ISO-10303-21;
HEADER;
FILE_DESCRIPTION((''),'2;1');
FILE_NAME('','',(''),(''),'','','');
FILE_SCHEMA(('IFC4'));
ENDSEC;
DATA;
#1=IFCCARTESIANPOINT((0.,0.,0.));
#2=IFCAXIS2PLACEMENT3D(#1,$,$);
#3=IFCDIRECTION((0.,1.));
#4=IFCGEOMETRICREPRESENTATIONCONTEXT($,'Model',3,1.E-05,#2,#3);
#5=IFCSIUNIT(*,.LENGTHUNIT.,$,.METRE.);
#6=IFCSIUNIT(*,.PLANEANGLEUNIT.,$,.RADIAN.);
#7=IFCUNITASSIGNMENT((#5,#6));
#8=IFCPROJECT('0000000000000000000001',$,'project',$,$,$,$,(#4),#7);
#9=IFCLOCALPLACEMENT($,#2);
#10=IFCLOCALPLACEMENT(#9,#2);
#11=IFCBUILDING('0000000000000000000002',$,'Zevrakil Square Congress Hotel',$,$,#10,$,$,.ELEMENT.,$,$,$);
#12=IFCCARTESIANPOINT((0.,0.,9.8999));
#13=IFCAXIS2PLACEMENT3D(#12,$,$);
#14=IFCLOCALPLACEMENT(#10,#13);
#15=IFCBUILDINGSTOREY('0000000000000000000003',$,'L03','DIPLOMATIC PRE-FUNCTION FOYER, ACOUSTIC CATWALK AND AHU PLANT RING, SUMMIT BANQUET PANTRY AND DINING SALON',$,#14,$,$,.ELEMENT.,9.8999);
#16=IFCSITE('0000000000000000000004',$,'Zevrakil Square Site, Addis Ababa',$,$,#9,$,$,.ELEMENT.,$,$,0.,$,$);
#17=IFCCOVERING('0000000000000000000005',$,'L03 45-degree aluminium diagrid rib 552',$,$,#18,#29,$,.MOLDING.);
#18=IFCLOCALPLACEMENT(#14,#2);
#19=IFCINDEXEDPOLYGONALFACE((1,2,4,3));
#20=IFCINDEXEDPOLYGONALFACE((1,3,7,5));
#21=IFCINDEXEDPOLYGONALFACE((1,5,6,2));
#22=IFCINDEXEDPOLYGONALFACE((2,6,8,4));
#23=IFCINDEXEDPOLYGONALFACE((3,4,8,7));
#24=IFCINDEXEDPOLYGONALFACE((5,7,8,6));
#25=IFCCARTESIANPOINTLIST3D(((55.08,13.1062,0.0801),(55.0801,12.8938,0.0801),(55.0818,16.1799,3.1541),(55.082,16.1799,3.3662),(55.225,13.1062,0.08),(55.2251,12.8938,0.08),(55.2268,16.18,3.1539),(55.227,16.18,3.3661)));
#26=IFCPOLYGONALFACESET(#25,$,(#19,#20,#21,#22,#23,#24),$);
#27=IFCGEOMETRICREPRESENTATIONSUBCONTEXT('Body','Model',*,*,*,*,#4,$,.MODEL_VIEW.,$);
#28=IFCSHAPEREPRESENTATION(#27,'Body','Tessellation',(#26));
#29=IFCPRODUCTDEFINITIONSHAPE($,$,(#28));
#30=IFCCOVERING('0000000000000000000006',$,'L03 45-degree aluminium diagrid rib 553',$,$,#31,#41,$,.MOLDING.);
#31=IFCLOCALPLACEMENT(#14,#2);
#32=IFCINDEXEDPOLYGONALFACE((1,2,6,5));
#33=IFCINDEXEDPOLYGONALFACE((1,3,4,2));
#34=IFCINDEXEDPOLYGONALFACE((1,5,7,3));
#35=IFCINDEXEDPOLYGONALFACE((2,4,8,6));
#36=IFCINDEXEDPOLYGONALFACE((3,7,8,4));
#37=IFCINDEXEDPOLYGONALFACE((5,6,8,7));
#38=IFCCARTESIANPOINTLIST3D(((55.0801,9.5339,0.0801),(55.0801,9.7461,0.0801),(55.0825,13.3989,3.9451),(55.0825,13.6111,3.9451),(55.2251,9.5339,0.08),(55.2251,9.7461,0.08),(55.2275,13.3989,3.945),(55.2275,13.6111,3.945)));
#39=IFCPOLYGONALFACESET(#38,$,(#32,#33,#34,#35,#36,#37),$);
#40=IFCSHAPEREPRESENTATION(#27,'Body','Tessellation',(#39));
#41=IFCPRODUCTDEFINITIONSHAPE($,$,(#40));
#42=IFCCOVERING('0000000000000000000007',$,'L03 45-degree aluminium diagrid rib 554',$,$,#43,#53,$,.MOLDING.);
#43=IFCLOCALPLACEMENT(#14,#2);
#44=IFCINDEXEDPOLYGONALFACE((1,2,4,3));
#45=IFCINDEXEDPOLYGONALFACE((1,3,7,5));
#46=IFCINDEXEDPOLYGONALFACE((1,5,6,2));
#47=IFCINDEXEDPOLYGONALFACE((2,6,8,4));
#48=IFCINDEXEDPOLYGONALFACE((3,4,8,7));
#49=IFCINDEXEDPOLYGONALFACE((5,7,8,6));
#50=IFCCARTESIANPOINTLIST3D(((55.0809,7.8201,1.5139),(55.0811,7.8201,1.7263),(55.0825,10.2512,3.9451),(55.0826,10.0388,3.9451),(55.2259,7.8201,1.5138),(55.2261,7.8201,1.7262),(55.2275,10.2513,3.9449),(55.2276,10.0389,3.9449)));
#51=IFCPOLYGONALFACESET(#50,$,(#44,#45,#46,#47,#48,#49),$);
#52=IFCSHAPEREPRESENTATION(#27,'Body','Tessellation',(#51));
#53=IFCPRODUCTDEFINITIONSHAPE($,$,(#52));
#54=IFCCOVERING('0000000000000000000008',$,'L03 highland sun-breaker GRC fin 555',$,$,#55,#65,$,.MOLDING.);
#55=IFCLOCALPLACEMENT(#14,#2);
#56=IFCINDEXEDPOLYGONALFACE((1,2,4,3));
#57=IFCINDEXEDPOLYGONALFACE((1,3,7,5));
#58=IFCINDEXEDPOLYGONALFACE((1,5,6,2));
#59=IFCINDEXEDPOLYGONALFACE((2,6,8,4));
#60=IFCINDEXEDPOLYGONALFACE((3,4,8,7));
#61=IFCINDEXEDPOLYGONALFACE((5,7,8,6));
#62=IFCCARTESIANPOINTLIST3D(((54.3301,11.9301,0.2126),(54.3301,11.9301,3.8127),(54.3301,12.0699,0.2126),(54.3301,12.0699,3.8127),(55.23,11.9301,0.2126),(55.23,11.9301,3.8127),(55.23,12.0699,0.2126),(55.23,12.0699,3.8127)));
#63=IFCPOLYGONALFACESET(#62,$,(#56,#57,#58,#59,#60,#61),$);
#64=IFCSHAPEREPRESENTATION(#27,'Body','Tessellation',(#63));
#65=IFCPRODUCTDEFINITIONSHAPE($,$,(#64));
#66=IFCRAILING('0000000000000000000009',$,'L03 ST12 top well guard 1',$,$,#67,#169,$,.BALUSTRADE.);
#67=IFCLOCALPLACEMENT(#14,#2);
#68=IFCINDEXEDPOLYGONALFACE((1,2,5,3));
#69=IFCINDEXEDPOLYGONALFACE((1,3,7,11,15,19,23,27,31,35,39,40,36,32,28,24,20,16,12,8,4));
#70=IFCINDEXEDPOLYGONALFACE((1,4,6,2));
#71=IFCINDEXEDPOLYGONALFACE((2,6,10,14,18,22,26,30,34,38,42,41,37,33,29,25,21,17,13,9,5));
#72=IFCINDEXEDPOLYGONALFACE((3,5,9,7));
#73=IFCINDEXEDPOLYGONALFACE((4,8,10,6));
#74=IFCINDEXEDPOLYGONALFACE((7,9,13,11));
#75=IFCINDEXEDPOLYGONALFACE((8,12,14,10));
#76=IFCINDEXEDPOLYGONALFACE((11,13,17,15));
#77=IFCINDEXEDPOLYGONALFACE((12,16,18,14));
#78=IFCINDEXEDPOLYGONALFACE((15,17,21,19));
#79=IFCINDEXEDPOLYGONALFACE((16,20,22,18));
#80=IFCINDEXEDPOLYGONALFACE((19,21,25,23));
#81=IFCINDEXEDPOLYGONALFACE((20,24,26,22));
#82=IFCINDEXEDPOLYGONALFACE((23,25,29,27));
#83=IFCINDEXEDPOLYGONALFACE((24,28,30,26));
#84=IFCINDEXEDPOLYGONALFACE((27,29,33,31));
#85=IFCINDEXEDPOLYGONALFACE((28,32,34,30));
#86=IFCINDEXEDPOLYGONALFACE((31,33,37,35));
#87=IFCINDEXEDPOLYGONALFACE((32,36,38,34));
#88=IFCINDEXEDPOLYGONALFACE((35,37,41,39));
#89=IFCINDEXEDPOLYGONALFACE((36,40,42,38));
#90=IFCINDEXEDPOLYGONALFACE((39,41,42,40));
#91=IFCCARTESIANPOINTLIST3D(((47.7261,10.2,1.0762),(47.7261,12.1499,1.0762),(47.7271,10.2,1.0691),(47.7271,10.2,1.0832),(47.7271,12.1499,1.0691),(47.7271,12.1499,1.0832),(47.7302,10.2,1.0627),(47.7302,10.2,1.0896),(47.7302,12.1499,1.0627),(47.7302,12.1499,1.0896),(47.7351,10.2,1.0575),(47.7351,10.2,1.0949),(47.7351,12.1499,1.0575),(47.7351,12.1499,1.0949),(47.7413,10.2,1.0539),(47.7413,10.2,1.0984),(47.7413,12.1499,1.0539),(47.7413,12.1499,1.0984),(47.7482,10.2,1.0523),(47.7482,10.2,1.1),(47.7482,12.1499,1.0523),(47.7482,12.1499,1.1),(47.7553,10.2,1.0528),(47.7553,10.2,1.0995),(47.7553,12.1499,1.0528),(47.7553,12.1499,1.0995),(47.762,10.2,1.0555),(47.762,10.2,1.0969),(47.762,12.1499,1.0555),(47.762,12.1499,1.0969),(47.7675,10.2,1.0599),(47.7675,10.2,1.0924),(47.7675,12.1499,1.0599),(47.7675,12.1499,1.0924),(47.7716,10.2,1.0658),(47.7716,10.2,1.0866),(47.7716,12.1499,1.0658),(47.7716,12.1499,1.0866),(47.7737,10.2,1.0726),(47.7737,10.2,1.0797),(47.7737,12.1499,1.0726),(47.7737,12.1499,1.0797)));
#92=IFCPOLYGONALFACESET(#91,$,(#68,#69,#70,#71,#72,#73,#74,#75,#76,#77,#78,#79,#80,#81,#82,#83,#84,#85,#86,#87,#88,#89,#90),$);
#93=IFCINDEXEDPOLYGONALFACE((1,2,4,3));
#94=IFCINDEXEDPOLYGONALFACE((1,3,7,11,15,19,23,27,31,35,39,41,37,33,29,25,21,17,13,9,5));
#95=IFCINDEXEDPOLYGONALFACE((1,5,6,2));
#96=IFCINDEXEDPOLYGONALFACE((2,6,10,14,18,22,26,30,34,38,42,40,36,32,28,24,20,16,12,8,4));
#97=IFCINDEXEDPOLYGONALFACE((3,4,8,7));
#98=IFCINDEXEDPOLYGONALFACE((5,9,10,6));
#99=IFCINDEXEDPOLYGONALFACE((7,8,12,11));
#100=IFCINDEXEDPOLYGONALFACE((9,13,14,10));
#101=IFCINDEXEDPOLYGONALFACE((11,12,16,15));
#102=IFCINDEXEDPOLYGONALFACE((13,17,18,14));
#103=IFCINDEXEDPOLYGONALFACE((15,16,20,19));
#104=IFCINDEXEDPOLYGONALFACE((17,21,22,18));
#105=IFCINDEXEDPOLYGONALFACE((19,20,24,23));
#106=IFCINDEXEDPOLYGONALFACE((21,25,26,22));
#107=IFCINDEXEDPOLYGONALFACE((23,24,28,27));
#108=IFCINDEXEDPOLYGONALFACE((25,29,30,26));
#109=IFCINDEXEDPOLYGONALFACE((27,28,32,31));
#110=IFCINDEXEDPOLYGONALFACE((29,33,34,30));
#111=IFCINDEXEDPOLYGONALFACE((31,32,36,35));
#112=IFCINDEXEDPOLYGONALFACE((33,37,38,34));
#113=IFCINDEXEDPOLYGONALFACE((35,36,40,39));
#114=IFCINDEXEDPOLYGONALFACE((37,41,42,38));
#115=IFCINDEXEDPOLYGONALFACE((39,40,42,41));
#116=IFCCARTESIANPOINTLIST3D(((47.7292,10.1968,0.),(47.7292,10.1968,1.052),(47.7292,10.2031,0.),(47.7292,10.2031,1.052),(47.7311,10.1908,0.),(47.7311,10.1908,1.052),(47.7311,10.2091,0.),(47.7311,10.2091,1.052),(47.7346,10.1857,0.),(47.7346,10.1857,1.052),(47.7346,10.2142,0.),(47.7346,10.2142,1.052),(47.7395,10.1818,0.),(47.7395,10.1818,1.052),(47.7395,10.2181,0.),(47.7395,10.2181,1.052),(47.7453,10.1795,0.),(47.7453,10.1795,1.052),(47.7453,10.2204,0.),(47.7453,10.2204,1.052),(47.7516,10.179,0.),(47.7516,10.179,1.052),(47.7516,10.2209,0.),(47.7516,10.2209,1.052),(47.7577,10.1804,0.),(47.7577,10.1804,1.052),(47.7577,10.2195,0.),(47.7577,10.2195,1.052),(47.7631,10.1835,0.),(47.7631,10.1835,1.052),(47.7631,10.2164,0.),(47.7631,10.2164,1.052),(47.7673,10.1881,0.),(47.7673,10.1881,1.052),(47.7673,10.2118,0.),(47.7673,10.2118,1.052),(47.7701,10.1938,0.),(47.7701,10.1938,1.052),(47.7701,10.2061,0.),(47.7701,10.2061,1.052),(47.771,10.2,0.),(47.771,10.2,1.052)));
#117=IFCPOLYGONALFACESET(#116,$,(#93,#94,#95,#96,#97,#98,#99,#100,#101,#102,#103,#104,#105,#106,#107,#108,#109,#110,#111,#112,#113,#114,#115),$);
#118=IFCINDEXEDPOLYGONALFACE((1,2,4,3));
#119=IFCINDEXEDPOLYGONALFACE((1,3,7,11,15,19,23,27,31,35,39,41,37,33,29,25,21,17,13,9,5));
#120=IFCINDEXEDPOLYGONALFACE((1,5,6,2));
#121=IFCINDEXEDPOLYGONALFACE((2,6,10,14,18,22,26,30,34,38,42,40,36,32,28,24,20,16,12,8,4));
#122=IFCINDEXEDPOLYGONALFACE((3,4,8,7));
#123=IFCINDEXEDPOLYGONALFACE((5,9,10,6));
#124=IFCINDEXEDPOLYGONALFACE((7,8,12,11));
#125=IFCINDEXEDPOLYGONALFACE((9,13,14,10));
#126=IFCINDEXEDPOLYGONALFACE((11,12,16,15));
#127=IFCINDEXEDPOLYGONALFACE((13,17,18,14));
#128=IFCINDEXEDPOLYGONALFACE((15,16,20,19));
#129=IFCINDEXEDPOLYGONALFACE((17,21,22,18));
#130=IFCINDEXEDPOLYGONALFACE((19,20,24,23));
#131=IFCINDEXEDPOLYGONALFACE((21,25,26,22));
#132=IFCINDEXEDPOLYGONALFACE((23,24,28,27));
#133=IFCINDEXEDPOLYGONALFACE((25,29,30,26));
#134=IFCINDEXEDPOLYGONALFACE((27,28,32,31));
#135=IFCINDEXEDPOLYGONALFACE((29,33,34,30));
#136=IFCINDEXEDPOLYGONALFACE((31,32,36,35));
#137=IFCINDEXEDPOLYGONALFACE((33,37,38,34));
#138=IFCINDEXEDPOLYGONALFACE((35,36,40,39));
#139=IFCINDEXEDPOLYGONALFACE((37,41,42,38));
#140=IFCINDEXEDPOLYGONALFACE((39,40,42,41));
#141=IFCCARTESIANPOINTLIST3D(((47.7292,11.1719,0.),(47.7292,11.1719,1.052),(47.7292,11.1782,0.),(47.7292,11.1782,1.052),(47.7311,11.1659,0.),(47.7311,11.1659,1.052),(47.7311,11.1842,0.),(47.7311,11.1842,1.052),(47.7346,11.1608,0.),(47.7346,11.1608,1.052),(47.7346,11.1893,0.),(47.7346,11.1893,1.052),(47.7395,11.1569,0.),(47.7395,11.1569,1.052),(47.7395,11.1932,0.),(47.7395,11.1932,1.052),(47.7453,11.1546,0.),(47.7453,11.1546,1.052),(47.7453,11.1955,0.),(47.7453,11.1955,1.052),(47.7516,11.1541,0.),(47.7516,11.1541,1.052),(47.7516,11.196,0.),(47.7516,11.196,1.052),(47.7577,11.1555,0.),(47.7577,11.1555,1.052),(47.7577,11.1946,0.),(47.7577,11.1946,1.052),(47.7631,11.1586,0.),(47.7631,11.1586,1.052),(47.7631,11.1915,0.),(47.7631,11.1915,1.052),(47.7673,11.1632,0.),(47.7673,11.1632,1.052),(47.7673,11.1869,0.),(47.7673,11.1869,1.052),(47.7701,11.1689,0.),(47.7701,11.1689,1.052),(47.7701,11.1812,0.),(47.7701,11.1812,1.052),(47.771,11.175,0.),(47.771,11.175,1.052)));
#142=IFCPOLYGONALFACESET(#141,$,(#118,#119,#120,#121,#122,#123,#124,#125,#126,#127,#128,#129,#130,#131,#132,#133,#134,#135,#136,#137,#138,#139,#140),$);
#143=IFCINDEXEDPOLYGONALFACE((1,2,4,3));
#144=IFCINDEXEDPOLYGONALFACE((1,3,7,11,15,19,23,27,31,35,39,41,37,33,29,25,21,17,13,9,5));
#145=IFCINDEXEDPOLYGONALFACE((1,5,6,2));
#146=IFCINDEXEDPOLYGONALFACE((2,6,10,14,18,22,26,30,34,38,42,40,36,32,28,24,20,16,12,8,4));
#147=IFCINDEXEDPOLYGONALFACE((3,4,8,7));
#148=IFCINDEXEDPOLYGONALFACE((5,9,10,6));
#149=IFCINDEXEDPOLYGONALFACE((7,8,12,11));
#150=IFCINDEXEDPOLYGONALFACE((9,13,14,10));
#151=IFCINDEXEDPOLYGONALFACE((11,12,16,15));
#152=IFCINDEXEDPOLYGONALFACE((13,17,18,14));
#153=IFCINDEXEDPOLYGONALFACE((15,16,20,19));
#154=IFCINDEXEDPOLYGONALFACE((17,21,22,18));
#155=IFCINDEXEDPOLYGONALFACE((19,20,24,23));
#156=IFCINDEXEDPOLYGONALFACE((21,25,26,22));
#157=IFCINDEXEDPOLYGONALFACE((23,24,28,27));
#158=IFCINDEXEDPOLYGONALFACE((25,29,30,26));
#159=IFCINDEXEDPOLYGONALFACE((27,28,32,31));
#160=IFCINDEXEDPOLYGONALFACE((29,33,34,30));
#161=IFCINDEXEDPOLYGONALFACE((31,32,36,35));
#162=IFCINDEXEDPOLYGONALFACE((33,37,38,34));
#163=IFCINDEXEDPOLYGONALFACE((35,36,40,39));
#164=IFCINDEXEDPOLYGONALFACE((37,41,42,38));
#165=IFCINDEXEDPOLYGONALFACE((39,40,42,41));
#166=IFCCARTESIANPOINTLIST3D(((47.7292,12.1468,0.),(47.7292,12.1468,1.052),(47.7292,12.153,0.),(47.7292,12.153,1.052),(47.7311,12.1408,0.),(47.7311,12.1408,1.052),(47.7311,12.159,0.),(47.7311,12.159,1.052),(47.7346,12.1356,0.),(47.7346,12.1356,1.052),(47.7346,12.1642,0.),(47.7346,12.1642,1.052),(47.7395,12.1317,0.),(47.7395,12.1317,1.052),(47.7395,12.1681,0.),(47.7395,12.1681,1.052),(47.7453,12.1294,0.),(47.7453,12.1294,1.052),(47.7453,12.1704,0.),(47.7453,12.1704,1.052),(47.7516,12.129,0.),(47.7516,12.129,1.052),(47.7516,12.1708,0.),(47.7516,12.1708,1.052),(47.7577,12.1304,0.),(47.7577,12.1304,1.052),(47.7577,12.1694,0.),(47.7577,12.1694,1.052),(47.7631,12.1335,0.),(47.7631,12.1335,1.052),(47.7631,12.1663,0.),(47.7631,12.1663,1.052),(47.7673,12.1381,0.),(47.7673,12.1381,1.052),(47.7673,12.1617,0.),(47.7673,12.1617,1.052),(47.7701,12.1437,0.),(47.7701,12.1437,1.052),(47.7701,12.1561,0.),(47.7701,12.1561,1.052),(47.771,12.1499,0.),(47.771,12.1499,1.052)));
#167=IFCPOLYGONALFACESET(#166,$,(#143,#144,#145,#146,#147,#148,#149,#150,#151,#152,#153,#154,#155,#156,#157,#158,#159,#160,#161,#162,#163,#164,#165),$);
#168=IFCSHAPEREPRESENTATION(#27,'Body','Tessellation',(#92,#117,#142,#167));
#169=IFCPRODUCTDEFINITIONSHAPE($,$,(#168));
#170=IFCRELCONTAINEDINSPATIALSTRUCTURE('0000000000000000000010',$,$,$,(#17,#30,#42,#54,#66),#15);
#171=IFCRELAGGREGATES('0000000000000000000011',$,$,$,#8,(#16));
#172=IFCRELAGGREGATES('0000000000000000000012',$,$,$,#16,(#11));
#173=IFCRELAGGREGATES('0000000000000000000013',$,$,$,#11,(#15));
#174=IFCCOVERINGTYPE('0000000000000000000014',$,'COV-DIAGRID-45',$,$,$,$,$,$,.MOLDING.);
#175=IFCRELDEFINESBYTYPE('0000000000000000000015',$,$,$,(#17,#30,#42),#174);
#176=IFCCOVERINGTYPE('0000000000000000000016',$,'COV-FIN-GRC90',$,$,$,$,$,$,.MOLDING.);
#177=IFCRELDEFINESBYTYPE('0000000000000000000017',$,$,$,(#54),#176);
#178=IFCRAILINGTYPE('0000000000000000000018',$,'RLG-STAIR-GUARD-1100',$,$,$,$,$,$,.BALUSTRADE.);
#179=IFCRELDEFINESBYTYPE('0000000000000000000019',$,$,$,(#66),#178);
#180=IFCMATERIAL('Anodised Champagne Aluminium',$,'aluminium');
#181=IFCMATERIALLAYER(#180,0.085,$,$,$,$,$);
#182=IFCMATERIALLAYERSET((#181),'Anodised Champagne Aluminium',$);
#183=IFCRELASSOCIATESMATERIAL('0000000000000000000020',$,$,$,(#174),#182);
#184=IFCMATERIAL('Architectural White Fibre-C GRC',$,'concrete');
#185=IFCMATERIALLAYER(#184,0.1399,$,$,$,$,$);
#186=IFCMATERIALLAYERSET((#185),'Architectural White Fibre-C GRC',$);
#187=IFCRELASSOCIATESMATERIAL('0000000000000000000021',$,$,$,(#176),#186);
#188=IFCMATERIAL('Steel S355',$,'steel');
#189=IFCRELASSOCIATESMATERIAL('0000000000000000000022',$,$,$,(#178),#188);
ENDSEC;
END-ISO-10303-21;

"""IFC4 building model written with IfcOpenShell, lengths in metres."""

from ifc_helpers import new_model, si_unit, direction, frame, origin, origin_2d, place, context, subcontext, project, spatial, polyline, rectangle, circle, outline, extrude, material, layer, layer_set, type_object, element, save


model = new_model("IFC4")

# Units and contexts
model_context = context("Model", 3, precision=1e-05, world=origin(), true_north=direction((0.0, 1.0)))
body_context = subcontext(model_context, "Body", "Model", "MODEL_VIEW")
ifc_project = project(units=[si_unit("LENGTHUNIT", "METRE"), si_unit("PLANEANGLEUNIT", "RADIAN")], contexts=[model_context])

# Site, building, storey
site_placement = place(None, origin())
site = spatial("IfcSite", under=ifc_project, at=site_placement, Name="Zevrakil Square Site, Addis Ababa", CompositionType="ELEMENT", RefElevation=0.0)
building_placement = place(site_placement, origin())
building = spatial("IfcBuilding", under=site, at=building_placement, Name="Zevrakil Square Congress Hotel", CompositionType="ELEMENT")
storey_placement = place(building_placement, frame((0.0, 0.0, 9.8999)))
storey = spatial("IfcBuildingStorey", under=building, at=storey_placement, Name="L03", Description="DIPLOMATIC PRE-FUNCTION FOYER, ACOUSTIC CATWALK AND AHU PLANT RING, SUMMIT BANQUET PANTRY AND DINING SALON", CompositionType="ELEMENT", Elevation=9.8999)

# Coverings
ifc_material_1 = material(Name="Anodised Champagne Aluminium", Category="aluminium")
ifc_layer_1 = layer(ifc_material_1, 0.085)
ifc_layer_set_1 = layer_set([ifc_layer_1], Name="Anodised Champagne Aluminium")
covering_type_1 = type_object("IfcCoveringType", Name="COV-DIAGRID-45", PredefinedType="MOLDING", material=ifc_layer_set_1)
covering_1_placement = place(storey_placement, frame((55.0818, 16.1799, 3.1541), z_axis=(-1.0, -0.000287, 0.000863), x_axis=(0.000863, 0.0, 1.0)))
element("IfcCovering", 1, at=covering_1_placement, inside=storey, type_object=covering_type_1, Name="L03 45-degree aluminium diagrid rib 552", PredefinedType="MOLDING", context=body_context, shape_type="SweptSolid", body=[
    extrude(outline(polyline([(0.0, 0.0), (0.2122, 0.0), (-3.074, -3.2861), (-3.074, -3.0737), (0.0, 0.0)])), origin(), (0.0, 0.0, -1.0), 0.145),
])
covering_2_placement = place(storey_placement, frame((55.0825, 13.6111, 3.9451), z_axis=(-1.0, 0.0, 0.000632), x_axis=(0.0, -1.0, 0.0)))
element("IfcCovering", 2, at=covering_2_placement, inside=storey, type_object=covering_type_1, Name="L03 45-degree aluminium diagrid rib 553", PredefinedType="MOLDING", context=body_context, shape_type="SweptSolid", body=[
    extrude(outline(polyline([(0.0, 0.0), (0.2122, 0.0), (4.0771, -3.865), (3.865, -3.865), (0.0, 0.0)])), origin(), (0.0, 0.0, -1.0), 0.145),
])
covering_3_placement = place(storey_placement, frame((55.0825, 10.2512, 3.9451), z_axis=(-1.0, -0.000233, 0.000916), x_axis=(0.000233, -1.0, 0.0)))
element("IfcCovering", 3, at=covering_3_placement, inside=storey, type_object=covering_type_1, Name="L03 45-degree aluminium diagrid rib 554", PredefinedType="MOLDING", context=body_context, shape_type="SweptSolid", body=[
    extrude(outline(polyline([(0.0, 0.0), (0.2124, 0.0), (2.4312, -2.2188), (2.4312, -2.4312), (0.0, 0.0)])), origin(), (0.0, 0.0, -1.0), 0.145),
])
ifc_material_2 = material(Name="Architectural White Fibre-C GRC", Category="concrete")
ifc_layer_2 = layer(ifc_material_2, 0.1399)
ifc_layer_set_2 = layer_set([ifc_layer_2], Name="Architectural White Fibre-C GRC")
covering_type_2 = type_object("IfcCoveringType", Name="COV-FIN-GRC90", PredefinedType="MOLDING", material=ifc_layer_set_2)
covering_4_placement = place(storey_placement, frame((54.78, 12.0, 0.2126), z_axis=(0.0, 0.0, 1.0), x_axis=(-1.0, 0.0, 0.0)))
element("IfcCovering", 4, at=covering_4_placement, inside=storey, type_object=covering_type_2, Name="L03 highland sun-breaker GRC fin 555", PredefinedType="MOLDING", context=body_context, shape_type="SweptSolid", body=[
    extrude(rectangle(XDim=0.8999, YDim=0.1399, at=origin_2d()), origin(), (0.0, 0.0, 1.0), 3.6001),
])

# Railing
ifc_material_3 = material(Name="Steel S355", Category="steel")
railing_type = type_object("IfcRailingType", Name="RLG-STAIR-GUARD-1100", PredefinedType="BALUSTRADE", material=ifc_material_3)
railing_placement = place(storey_placement, frame((47.75, 10.2, 0.0)))
element("IfcRailing", 5, at=railing_placement, inside=storey, type_object=railing_type, Name="L03 ST12 top well guard 1", PredefinedType="BALUSTRADE", context=body_context, shape_type="SweptSolid", body=[
    extrude(circle(Radius=0.0239, at=origin_2d()), frame((0.0, 0.0, 1.0762), z_axis=(0.0, 1.0, 0.0), x_axis=(-1.0, 0.0, 0.0)), (0.0, 0.0, 1.0), 1.95),
    extrude(circle(Radius=0.021, at=origin_2d()), origin(), (0.0, 0.0, 1.0), 1.052),
    extrude(circle(Radius=0.021, at=origin_2d()), frame((0.0, 0.9751, 0.0)), (0.0, 0.0, 1.0), 1.052),
    extrude(circle(Radius=0.021, at=origin_2d()), frame((0.0, 1.95, 0.0)), (0.0, 0.0, 1.0), 1.052),
])

save(model, "model.ifc")
